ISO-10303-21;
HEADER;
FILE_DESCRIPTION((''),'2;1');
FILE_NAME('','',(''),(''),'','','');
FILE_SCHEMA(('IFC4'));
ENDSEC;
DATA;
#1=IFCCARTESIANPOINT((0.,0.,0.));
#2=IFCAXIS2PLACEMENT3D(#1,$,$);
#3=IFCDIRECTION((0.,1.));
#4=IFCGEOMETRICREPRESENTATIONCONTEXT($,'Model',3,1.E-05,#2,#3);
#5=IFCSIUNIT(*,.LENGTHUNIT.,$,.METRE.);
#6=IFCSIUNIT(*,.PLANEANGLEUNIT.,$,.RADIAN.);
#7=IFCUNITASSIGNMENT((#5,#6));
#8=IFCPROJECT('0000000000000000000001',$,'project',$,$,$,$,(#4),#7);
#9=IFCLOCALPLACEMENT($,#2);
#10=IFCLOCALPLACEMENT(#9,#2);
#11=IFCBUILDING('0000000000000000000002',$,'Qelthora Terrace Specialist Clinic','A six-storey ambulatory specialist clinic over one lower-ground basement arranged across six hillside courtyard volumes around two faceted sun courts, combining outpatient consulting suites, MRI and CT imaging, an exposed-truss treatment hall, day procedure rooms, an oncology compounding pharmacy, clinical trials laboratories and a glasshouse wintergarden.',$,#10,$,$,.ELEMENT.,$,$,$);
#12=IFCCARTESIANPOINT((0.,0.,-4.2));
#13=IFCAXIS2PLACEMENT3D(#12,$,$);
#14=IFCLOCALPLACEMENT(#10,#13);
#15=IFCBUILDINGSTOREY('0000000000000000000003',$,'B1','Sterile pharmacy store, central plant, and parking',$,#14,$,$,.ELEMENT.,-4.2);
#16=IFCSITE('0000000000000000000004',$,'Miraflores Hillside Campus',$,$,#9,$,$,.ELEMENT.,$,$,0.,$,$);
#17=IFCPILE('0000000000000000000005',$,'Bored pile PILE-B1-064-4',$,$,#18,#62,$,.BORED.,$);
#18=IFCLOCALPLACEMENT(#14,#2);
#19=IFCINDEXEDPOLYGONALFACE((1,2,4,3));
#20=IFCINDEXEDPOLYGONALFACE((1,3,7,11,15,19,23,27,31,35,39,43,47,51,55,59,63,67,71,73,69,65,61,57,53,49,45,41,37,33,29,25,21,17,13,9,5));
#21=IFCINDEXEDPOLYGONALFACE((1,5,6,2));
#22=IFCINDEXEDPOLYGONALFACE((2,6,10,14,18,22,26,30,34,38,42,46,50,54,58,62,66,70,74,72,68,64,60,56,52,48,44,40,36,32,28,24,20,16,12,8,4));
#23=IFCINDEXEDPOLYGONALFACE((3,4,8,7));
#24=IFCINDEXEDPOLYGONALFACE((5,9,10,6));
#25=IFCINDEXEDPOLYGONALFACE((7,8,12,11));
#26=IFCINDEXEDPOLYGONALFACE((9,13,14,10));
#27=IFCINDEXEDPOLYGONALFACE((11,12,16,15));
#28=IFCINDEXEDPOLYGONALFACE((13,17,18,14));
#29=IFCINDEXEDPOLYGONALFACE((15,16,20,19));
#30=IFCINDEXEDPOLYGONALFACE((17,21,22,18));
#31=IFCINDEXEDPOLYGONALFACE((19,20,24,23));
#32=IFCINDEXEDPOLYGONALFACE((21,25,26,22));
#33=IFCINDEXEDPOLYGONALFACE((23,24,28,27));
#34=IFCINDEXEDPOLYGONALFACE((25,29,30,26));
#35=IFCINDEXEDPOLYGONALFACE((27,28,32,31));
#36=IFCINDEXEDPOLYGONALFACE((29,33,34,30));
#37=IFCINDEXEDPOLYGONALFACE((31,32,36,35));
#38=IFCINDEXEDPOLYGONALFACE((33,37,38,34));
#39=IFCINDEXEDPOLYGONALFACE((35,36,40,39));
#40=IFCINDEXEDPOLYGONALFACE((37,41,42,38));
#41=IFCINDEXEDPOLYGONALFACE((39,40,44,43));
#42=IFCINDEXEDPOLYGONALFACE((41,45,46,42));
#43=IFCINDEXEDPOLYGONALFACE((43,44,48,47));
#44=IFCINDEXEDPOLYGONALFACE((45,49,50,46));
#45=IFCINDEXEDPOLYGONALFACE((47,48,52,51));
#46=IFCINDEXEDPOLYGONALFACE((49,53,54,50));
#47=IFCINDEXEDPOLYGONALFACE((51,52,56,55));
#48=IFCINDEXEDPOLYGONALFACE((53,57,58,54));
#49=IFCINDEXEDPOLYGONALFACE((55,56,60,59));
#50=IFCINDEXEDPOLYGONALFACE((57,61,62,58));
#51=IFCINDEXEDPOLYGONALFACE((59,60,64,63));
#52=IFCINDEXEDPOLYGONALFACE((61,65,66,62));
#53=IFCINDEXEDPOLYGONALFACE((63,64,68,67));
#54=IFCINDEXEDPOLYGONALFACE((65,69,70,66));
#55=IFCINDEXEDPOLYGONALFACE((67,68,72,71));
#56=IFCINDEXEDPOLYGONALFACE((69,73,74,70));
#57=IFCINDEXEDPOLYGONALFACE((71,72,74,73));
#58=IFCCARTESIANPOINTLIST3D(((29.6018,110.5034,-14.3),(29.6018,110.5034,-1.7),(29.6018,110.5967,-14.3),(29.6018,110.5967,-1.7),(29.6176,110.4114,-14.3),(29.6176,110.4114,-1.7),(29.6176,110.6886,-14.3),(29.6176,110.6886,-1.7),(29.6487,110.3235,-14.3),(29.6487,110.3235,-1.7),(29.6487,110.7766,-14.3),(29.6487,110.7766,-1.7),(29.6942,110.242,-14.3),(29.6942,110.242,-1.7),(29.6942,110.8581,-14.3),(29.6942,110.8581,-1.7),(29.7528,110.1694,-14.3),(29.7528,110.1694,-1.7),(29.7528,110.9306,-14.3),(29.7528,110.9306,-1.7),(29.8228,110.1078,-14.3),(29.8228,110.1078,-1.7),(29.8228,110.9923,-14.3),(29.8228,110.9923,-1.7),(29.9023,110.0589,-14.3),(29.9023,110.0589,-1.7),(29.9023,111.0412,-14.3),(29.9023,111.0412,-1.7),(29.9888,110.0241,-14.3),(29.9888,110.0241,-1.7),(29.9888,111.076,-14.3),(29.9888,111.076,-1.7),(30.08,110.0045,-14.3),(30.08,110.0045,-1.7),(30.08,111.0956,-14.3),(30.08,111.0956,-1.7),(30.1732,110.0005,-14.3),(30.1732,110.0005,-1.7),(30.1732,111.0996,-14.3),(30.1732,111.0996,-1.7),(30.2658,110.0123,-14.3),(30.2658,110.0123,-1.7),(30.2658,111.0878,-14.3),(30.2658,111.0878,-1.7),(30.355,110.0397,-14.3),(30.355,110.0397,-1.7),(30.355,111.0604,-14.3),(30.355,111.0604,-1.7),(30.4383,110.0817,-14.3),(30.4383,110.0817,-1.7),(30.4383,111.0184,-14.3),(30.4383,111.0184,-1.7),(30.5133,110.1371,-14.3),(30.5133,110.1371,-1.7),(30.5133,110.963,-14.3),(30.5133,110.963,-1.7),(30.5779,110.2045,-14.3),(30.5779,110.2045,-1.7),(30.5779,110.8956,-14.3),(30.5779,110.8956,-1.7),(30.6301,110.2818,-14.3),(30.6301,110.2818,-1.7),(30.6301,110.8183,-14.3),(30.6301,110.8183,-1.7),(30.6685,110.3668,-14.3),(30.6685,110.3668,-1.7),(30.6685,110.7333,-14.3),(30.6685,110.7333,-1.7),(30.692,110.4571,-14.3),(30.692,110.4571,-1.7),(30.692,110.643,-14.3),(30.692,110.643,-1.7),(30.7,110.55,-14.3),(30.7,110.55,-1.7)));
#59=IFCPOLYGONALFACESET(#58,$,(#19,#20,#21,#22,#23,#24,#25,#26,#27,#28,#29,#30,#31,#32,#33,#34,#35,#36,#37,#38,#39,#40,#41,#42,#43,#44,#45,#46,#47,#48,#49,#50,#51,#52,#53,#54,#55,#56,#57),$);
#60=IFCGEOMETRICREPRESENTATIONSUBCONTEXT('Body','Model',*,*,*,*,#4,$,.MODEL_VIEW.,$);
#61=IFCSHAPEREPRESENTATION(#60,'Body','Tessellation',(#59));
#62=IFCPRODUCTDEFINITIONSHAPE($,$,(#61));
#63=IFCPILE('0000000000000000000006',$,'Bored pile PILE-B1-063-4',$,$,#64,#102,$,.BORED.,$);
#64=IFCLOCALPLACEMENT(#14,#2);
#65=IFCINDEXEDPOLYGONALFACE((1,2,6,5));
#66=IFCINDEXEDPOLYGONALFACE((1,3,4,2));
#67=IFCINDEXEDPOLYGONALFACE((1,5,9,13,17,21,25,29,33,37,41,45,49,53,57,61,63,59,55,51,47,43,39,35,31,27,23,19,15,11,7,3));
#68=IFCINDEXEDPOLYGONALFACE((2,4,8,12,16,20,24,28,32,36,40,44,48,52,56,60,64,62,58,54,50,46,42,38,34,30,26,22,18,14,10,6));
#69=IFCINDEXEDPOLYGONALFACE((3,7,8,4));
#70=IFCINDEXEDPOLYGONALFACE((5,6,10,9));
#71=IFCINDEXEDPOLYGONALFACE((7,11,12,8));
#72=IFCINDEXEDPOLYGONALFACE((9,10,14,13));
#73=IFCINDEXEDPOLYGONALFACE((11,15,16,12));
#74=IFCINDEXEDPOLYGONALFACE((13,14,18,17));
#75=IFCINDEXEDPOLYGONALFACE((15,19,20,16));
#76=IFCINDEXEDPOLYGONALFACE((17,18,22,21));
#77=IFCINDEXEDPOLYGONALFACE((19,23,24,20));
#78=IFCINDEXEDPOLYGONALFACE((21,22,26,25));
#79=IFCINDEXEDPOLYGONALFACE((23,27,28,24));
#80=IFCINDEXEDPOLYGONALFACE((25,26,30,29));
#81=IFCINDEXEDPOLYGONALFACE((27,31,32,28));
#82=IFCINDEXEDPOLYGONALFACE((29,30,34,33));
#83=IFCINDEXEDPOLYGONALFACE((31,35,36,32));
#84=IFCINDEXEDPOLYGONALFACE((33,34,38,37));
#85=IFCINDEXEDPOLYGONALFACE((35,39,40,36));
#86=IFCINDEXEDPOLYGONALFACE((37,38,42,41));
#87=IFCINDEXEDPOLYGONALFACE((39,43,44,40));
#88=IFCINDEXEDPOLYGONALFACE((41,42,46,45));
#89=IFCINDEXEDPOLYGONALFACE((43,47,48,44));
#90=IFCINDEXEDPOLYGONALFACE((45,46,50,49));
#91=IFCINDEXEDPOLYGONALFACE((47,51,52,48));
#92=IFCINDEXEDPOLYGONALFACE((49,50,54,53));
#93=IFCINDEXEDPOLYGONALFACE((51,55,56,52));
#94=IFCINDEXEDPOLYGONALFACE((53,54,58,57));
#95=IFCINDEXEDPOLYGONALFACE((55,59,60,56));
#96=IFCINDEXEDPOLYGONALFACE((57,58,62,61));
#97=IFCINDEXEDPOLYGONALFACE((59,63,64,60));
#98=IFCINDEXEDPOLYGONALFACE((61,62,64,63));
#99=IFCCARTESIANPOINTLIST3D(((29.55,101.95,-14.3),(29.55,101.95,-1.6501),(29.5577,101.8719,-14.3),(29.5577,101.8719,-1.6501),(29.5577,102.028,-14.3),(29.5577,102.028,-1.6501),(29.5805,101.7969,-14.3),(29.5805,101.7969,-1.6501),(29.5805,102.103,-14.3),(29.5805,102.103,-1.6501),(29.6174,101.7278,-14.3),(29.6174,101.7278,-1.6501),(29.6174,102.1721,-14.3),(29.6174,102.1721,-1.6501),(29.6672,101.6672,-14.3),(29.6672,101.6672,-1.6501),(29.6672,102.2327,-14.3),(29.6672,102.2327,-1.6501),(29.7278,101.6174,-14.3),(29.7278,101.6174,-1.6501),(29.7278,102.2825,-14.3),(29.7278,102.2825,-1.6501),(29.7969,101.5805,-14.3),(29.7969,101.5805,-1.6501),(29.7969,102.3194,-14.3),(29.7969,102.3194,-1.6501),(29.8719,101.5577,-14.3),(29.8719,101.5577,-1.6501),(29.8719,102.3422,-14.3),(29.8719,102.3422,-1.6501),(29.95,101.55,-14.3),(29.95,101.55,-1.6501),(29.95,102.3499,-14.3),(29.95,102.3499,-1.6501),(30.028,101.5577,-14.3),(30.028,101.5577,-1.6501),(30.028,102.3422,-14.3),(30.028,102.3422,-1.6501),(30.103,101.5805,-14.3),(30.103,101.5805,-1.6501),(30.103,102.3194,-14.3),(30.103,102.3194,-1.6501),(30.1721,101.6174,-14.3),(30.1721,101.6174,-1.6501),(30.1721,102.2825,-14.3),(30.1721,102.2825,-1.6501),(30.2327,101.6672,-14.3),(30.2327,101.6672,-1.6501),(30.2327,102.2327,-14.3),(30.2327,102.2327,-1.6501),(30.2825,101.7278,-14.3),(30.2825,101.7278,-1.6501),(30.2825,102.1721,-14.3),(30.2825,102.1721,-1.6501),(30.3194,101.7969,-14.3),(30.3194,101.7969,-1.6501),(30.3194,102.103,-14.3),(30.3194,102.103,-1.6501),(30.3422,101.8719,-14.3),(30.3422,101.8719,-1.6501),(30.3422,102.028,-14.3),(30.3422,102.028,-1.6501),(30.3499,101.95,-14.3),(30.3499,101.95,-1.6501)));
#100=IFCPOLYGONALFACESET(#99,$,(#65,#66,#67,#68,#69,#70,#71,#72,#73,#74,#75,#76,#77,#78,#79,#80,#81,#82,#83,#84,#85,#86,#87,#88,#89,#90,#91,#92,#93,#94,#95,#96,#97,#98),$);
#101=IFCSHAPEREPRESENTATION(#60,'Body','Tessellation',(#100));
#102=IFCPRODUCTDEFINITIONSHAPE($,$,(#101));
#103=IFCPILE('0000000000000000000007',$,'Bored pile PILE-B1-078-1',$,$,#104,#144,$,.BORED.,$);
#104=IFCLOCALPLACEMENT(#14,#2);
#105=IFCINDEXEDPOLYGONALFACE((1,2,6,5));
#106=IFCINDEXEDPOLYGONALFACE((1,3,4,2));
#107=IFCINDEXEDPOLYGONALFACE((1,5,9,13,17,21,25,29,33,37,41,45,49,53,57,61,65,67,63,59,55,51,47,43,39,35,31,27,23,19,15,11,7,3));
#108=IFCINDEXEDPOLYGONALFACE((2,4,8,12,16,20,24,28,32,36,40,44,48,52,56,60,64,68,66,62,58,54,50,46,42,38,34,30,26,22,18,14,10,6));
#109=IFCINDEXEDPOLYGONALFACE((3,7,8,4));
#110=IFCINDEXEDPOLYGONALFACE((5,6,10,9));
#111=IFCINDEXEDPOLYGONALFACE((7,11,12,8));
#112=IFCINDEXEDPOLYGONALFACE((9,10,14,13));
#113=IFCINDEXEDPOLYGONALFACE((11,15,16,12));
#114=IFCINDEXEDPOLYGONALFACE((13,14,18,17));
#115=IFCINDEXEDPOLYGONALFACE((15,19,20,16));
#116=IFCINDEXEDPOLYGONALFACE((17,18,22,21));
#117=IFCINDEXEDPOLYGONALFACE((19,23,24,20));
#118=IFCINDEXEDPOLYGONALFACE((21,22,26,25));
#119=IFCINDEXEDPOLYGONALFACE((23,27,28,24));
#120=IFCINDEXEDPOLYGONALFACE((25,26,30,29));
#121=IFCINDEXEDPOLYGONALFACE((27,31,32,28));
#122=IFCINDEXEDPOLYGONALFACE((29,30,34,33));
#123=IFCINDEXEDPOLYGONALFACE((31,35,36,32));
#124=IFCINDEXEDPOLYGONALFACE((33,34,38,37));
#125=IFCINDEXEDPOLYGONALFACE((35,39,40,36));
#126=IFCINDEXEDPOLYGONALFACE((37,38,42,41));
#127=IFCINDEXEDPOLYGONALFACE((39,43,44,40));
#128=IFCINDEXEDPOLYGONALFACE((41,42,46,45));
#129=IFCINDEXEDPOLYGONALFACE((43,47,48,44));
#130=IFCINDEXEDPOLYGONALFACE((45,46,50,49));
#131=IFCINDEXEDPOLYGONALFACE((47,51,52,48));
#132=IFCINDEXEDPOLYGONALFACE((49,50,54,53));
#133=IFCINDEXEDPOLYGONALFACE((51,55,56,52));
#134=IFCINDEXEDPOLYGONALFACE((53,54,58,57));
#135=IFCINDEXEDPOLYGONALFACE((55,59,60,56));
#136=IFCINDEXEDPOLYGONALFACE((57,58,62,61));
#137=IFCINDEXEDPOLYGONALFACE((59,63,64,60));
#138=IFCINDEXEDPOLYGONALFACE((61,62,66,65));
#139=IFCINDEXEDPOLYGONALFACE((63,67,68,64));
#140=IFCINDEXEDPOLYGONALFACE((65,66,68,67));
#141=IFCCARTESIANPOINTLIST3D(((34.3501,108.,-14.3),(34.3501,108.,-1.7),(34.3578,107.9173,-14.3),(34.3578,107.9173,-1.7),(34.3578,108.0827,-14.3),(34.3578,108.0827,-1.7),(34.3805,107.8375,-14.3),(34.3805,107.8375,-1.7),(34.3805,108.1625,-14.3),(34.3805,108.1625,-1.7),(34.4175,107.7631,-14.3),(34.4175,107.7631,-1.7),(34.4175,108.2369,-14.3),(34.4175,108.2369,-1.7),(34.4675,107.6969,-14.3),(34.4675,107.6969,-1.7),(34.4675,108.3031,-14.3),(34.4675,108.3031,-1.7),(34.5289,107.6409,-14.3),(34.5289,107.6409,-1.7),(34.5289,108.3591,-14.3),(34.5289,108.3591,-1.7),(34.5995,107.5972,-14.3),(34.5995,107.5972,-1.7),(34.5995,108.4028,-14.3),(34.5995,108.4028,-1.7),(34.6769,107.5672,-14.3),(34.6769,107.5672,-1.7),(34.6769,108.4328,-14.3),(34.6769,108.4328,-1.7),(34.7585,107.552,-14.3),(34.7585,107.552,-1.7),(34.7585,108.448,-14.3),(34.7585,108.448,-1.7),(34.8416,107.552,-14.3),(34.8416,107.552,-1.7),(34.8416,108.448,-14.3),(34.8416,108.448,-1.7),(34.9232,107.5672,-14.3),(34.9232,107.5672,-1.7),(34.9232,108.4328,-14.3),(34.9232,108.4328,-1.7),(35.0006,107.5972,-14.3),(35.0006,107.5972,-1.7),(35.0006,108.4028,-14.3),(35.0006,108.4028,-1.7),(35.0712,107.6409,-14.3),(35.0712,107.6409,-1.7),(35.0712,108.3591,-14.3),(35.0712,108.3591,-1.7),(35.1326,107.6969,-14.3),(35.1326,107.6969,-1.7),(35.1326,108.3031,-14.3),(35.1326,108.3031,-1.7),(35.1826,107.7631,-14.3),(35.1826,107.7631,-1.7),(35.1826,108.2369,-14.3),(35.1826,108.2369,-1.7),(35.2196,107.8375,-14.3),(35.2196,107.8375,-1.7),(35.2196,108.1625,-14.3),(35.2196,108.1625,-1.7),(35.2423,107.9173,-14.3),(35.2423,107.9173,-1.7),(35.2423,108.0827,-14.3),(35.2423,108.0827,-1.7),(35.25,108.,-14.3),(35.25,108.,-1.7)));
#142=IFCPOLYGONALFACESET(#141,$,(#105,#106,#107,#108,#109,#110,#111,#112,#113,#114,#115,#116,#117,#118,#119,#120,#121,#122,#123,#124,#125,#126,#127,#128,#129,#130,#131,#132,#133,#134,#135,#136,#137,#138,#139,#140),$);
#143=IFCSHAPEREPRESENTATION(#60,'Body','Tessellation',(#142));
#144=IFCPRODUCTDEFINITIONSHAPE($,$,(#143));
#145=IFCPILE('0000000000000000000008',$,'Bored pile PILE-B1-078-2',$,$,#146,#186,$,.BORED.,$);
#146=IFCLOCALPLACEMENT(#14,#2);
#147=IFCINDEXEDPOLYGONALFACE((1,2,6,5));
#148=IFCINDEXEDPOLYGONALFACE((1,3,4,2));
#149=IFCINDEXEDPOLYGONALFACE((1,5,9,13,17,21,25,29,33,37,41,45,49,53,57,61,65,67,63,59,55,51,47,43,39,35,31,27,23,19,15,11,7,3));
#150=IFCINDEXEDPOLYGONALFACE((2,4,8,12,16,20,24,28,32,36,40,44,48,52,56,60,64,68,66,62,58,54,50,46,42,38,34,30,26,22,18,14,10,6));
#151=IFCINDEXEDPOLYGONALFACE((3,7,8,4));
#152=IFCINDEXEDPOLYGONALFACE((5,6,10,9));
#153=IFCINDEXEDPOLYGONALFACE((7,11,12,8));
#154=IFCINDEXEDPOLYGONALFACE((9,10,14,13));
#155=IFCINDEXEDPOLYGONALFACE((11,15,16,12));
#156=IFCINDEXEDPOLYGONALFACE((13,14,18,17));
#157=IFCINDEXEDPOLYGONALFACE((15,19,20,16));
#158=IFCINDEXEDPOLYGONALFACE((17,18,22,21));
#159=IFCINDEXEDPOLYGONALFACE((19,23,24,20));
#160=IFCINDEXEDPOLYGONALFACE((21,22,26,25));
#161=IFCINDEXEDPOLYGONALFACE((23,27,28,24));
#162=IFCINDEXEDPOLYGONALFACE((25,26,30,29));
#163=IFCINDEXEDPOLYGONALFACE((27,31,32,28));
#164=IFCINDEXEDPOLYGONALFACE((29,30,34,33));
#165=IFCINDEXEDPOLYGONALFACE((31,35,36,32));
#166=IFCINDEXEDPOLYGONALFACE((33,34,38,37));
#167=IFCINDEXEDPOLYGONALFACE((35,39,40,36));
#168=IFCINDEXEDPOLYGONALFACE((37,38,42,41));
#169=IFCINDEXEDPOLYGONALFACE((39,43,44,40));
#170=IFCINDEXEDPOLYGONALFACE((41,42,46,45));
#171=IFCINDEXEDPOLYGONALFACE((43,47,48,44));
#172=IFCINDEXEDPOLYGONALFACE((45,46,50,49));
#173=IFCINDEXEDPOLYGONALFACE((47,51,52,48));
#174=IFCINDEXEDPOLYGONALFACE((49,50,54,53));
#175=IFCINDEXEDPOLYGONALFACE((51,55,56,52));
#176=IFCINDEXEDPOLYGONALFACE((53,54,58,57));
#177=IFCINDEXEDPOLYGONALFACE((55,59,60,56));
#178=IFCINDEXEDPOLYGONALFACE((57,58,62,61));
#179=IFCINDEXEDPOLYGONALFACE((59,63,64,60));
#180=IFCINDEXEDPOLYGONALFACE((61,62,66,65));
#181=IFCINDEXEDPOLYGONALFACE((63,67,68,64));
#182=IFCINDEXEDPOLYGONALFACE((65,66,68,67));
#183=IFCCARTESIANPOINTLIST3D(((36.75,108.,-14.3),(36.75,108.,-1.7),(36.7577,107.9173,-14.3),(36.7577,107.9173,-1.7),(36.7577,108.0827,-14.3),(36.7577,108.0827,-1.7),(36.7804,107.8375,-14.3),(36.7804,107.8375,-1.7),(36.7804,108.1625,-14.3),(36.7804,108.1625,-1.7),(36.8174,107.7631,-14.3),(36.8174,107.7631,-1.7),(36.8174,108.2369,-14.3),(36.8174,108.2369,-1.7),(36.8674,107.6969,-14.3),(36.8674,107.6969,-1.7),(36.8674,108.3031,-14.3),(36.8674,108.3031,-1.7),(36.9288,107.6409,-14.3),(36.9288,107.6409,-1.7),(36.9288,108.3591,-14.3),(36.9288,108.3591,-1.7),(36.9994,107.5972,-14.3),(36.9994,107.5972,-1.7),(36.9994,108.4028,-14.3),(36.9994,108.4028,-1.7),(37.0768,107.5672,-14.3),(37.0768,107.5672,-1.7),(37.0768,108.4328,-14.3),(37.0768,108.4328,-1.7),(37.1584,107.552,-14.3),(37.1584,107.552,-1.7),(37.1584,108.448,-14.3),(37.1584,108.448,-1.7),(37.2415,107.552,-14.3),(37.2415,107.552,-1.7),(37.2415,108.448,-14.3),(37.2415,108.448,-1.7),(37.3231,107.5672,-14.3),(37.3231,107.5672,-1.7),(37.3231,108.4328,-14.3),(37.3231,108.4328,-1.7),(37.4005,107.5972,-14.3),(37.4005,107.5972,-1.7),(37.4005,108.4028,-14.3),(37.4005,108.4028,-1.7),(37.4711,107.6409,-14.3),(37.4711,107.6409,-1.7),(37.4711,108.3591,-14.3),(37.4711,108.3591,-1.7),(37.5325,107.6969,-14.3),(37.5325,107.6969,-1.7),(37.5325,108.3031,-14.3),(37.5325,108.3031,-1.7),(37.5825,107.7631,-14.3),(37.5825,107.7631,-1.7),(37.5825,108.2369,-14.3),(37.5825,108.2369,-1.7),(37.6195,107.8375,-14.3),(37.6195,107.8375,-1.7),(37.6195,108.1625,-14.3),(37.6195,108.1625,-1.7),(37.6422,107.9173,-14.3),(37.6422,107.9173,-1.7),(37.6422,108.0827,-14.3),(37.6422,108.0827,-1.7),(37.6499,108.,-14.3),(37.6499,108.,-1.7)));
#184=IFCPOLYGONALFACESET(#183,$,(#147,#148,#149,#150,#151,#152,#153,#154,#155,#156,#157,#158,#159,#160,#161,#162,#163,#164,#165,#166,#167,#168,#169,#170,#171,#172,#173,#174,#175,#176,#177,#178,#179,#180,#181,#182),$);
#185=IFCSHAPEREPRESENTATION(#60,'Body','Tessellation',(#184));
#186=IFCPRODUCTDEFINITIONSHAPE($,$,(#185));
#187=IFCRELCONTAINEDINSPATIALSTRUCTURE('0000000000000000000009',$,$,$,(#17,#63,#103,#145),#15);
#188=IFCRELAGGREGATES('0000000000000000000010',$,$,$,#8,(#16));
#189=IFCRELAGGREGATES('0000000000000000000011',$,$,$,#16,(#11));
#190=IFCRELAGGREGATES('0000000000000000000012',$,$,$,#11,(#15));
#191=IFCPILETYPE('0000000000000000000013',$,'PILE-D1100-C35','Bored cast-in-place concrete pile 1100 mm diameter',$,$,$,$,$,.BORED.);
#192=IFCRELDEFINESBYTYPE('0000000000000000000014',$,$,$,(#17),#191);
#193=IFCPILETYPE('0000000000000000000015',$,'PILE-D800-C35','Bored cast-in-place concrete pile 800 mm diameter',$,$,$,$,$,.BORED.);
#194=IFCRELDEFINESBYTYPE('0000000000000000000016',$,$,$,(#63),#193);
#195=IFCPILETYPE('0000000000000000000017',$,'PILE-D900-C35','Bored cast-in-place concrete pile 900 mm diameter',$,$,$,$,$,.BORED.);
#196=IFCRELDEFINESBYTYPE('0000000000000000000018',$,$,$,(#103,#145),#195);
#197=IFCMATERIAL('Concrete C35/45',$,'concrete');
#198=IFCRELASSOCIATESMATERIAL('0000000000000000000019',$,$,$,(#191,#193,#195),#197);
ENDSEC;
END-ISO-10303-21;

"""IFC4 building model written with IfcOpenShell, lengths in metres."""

from ifc_helpers import new_model, si_unit, direction, frame, origin, origin_2d, place, context, subcontext, project, spatial, circle, extrude, material, material_profile, profile_set, type_object, element, save


model = new_model("IFC4")

# Units and contexts
model_context = context("Model", 3, precision=1e-05, world=origin(), true_north=direction((0.0, 1.0)))
body_context = subcontext(model_context, "Body", "Model", "MODEL_VIEW")
ifc_project = project(units=[si_unit("LENGTHUNIT", "METRE"), si_unit("PLANEANGLEUNIT", "RADIAN")], contexts=[model_context])

# Site, building, storey
site_placement = place(None, origin())
site = spatial("IfcSite", under=ifc_project, at=site_placement, Name="Miraflores Hillside Campus", CompositionType="ELEMENT", RefElevation=0.0)
building_placement = place(site_placement, origin())
building = spatial("IfcBuilding", under=site, at=building_placement, Name="Qelthora Terrace Specialist Clinic", Description="A six-storey ambulatory specialist clinic over one lower-ground basement arranged across six hillside courtyard volumes around two faceted sun courts, combining outpatient consulting suites, MRI and CT imaging, an exposed-truss treatment hall, day procedure rooms, an oncology compounding pharmacy, clinical trials laboratories and a glasshouse wintergarden.", CompositionType="ELEMENT")
storey_placement = place(building_placement, frame((0.0, 0.0, -4.2)))
storey = spatial("IfcBuildingStorey", under=building, at=storey_placement, Name="B1", Description="Sterile pharmacy store, central plant, and parking", CompositionType="ELEMENT", Elevation=-4.2)

# Shared definitions
ifc_material_1 = material(Name="Concrete C35/45", Category="concrete")

# Piles
ifc_material_profile_1 = material_profile(ifc_material_1, circle(Radius=0.55, at=origin_2d()), Name="PILE1100")
ifc_profile_set_1 = profile_set([ifc_material_profile_1], Name="Concrete C35/45")
pile_type_1 = type_object("IfcPileType", Name="PILE-D1100-C35", Description="Bored cast-in-place concrete pile 1100 mm diameter", PredefinedType="BORED", material=ifc_profile_set_1)
for number, where, z_axis, x_axis, name in (
    (1, (30.1499, 110.55, -1.7), (0.0, 0.0, -1.0), (1.0, 0.0, 0.0), "Bored pile PILE-B1-064-4"),
):
    element("IfcPile", number, at=place(storey_placement, frame(where, z_axis=z_axis, x_axis=x_axis)), inside=storey, type_object=pile_type_1, Name=name, PredefinedType="BORED", context=body_context, shape_type="SweptSolid", body=[
        extrude(circle(Radius=0.55, at=origin_2d()), origin(), (0.0, 0.0, 1.0), 12.6001),
    ])
ifc_material_profile_2 = material_profile(ifc_material_1, circle(Radius=0.3999, at=origin_2d()), Name="PILE800")
ifc_profile_set_2 = profile_set([ifc_material_profile_2], Name="Concrete C35/45")
pile_type_2 = type_object("IfcPileType", Name="PILE-D800-C35", Description="Bored cast-in-place concrete pile 800 mm diameter", PredefinedType="BORED", material=ifc_profile_set_2)
pile_1_placement = place(storey_placement, frame((29.95, 101.95, -1.6501), z_axis=(0.0, 0.0, -1.0), x_axis=(1.0, 0.0, 0.0)))
element("IfcPile", 2, at=pile_1_placement, inside=storey, type_object=pile_type_2, Name="Bored pile PILE-B1-063-4", PredefinedType="BORED", context=body_context, shape_type="SweptSolid", body=[
    extrude(circle(Radius=0.3999, at=origin_2d()), origin(), (0.0, 0.0, 1.0), 12.6499),
])
ifc_material_profile_3 = material_profile(ifc_material_1, circle(Radius=0.45, at=origin_2d()), Name="PILE900")
ifc_profile_set_3 = profile_set([ifc_material_profile_3], Name="Concrete C35/45")
pile_type_3 = type_object("IfcPileType", Name="PILE-D900-C35", Description="Bored cast-in-place concrete pile 900 mm diameter", PredefinedType="BORED", material=ifc_profile_set_3)
for number, where, z_axis, x_axis, name in (
    (3, (34.8, 108.0, -1.7), (0.0, 0.0, -1.0), (1.0, 0.0, 0.0), "Bored pile PILE-B1-078-1"),
    (4, (37.2, 108.0, -1.7), (0.0, 0.0, -1.0), (1.0, 0.0, 0.0), "Bored pile PILE-B1-078-2"),
):
    element("IfcPile", number, at=place(storey_placement, frame(where, z_axis=z_axis, x_axis=x_axis)), inside=storey, type_object=pile_type_3, Name=name, PredefinedType="BORED", context=body_context, shape_type="SweptSolid", body=[
        extrude(circle(Radius=0.45, at=origin_2d()), origin(), (0.0, 0.0, 1.0), 12.6001),
    ])

save(model, "model.ifc")
